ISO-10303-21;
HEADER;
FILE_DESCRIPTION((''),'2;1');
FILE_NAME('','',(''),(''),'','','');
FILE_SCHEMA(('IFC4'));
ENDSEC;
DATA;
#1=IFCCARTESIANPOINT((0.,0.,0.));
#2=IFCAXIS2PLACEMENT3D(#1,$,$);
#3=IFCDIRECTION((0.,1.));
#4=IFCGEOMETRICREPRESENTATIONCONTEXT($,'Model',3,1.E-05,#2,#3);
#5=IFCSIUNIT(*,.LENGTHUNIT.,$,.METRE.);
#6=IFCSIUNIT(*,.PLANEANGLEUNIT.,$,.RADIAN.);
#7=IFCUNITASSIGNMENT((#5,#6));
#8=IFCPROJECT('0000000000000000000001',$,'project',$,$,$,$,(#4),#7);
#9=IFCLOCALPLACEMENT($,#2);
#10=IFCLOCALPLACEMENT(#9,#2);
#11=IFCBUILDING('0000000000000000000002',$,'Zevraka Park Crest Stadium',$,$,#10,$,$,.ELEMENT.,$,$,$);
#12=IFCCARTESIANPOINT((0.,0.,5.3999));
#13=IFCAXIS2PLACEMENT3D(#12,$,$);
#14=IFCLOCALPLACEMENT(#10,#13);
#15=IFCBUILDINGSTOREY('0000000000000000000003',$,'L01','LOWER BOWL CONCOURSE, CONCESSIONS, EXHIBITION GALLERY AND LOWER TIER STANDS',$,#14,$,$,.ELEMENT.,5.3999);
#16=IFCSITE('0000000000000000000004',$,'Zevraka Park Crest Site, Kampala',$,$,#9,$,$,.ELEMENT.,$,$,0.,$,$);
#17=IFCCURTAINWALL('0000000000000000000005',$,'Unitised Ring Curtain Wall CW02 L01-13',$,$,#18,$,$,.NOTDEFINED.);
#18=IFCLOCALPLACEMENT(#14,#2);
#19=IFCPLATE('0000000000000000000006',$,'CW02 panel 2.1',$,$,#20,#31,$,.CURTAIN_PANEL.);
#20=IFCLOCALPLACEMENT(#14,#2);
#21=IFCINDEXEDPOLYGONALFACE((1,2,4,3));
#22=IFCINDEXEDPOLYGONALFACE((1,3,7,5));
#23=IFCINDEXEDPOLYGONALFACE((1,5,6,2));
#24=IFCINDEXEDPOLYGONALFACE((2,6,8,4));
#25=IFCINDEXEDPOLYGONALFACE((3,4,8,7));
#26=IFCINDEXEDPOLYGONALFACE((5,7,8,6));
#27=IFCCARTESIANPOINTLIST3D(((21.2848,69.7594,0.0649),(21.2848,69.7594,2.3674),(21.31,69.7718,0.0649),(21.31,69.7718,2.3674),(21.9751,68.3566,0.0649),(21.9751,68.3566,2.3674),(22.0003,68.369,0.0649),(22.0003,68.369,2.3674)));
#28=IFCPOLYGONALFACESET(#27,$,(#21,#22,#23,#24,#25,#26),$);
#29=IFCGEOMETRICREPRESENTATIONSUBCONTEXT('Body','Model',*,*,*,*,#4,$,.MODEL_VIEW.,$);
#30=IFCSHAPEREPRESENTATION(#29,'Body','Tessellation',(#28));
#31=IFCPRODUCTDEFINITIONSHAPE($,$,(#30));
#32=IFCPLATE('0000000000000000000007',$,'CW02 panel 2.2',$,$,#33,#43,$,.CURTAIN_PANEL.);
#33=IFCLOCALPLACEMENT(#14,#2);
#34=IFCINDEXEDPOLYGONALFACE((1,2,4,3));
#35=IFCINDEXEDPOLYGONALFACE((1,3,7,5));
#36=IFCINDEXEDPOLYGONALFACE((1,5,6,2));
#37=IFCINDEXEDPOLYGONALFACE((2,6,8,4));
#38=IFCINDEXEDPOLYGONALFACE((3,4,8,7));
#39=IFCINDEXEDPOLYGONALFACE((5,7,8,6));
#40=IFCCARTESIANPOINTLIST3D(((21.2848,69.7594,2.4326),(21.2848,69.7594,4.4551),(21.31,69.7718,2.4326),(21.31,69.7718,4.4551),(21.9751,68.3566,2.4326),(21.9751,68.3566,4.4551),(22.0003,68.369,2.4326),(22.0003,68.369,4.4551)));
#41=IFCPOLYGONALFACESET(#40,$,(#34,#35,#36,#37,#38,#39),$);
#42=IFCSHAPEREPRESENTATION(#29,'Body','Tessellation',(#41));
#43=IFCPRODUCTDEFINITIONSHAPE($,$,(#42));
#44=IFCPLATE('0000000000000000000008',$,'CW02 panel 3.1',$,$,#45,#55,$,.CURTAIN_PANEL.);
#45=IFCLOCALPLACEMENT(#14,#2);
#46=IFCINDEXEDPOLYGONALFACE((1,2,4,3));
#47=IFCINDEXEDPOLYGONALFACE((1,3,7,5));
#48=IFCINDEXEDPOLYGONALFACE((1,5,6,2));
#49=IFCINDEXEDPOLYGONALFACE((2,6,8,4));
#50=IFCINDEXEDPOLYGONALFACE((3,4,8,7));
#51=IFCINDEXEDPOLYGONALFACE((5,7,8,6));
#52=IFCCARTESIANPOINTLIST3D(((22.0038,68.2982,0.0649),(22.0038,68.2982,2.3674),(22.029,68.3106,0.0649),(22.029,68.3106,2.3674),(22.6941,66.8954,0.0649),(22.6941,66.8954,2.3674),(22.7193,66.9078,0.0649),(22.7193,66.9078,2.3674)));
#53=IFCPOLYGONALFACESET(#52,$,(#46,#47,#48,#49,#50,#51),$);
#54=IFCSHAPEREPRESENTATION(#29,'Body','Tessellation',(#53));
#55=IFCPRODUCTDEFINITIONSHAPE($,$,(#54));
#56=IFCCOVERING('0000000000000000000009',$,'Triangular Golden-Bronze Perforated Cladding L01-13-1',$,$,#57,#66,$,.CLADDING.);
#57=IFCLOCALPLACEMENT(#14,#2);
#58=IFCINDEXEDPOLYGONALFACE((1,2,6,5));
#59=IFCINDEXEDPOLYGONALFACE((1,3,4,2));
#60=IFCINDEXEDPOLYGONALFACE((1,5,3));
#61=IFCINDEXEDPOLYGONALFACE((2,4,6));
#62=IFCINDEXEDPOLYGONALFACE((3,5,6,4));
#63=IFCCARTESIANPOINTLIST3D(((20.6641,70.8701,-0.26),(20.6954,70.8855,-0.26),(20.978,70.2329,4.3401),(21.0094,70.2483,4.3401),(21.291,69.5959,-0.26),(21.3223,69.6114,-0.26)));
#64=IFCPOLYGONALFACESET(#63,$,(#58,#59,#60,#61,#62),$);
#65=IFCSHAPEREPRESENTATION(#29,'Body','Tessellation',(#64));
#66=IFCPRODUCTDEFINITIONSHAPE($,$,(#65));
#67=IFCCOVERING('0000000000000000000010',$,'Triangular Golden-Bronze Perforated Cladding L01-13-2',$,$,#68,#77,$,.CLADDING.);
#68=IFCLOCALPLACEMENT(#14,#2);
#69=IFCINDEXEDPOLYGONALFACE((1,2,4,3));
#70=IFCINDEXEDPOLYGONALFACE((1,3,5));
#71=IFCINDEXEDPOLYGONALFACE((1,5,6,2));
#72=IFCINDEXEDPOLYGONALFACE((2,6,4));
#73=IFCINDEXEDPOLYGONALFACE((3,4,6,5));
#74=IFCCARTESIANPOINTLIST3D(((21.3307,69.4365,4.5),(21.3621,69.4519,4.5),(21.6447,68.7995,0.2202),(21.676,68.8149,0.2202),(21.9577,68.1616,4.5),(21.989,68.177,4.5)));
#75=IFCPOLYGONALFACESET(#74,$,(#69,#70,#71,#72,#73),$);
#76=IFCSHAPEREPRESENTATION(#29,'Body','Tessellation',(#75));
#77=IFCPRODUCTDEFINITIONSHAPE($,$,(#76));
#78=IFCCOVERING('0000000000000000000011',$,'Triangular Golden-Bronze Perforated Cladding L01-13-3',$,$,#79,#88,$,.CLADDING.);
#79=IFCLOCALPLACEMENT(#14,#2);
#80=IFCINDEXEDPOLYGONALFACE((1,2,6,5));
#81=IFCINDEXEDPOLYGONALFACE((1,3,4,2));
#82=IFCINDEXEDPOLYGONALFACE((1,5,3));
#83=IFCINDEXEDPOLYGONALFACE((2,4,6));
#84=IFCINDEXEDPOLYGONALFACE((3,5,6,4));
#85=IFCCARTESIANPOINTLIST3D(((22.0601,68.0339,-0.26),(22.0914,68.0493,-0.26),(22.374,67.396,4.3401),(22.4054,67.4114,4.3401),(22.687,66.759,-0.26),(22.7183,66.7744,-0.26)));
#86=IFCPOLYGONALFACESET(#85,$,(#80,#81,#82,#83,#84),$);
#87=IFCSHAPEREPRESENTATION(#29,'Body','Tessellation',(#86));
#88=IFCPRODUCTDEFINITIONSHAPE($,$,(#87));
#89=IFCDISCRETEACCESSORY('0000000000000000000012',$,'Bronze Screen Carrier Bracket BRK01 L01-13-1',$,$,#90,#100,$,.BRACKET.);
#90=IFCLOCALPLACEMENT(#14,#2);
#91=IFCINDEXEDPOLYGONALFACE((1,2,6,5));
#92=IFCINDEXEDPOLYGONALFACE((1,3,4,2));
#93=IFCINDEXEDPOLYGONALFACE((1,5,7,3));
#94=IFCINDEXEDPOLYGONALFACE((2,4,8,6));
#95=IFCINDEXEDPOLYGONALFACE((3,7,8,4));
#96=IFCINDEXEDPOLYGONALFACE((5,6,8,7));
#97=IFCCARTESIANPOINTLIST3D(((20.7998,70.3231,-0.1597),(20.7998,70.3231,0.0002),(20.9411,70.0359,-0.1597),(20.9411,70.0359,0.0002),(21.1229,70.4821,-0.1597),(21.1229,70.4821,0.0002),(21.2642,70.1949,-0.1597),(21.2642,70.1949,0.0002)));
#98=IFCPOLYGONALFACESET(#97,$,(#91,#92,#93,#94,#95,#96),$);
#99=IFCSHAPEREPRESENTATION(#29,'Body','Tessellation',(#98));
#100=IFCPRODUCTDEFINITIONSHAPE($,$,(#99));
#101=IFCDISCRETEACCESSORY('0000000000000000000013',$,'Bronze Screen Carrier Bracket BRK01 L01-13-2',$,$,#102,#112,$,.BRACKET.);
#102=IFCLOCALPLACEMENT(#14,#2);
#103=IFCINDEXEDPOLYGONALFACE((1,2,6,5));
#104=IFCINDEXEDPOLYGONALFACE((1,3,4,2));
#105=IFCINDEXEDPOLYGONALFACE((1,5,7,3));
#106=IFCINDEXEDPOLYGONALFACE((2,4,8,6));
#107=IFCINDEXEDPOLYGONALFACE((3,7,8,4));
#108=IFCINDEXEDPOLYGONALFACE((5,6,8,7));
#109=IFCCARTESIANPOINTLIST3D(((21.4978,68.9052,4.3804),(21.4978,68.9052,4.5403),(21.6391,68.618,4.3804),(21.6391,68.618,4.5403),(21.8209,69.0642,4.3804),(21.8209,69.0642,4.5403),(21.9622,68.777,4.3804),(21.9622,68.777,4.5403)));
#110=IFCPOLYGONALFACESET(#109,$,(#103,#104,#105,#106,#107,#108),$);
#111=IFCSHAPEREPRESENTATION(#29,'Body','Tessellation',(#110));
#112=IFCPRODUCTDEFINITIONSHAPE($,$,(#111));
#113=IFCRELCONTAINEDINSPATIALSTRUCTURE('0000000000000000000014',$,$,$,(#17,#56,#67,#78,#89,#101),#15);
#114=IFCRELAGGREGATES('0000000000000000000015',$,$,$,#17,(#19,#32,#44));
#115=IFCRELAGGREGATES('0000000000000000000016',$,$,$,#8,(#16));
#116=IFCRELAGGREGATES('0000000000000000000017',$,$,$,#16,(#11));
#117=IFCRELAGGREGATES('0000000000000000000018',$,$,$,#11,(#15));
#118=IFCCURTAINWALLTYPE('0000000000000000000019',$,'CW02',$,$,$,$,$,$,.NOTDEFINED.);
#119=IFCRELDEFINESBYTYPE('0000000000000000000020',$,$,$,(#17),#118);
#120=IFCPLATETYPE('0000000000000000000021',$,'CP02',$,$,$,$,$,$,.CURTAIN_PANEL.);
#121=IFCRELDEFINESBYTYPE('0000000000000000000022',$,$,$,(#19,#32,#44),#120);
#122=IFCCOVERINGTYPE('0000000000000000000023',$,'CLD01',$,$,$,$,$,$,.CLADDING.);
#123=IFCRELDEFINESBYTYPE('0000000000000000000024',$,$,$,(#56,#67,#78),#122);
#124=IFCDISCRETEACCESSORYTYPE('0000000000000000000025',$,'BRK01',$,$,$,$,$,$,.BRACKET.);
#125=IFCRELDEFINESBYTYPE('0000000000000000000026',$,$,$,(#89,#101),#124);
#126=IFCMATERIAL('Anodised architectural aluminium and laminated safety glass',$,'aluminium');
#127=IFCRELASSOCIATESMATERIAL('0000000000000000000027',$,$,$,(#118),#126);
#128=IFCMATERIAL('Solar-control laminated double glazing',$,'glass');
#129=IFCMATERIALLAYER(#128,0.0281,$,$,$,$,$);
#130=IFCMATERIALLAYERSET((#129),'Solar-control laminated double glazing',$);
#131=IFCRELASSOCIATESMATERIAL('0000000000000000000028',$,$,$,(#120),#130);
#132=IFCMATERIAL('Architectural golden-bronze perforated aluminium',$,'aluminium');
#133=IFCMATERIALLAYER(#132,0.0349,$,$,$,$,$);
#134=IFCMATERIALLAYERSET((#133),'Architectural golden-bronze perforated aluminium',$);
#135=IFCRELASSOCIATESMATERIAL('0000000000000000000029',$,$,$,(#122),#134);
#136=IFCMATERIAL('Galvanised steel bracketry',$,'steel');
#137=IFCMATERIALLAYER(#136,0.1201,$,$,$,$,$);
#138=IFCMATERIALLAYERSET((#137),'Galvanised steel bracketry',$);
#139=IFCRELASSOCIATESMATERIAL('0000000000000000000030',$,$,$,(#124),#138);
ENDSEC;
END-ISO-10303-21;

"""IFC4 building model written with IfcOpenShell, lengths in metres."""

from ifc_helpers import new_model, si_unit, direction, frame, origin, origin_2d, place, context, subcontext, project, spatial, polyline, rectangle, outline, extrude, material, layer, layer_set, type_object, element, aggregate, save


model = new_model("IFC4")

# Units and contexts
model_context = context("Model", 3, precision=1e-05, world=origin(), true_north=direction((0.0, 1.0)))
body_context = subcontext(model_context, "Body", "Model", "MODEL_VIEW")
ifc_project = project(units=[si_unit("LENGTHUNIT", "METRE"), si_unit("PLANEANGLEUNIT", "RADIAN")], contexts=[model_context])

# Site, building, storey
site_placement = place(None, origin())
site = spatial("IfcSite", under=ifc_project, at=site_placement, Name="Zevraka Park Crest Site, Kampala", CompositionType="ELEMENT", RefElevation=0.0)
building_placement = place(site_placement, origin())
building = spatial("IfcBuilding", under=site, at=building_placement, Name="Zevraka Park Crest Stadium", CompositionType="ELEMENT")
storey_placement = place(building_placement, frame((0.0, 0.0, 5.3999)))
storey = spatial("IfcBuildingStorey", under=building, at=storey_placement, Name="L01", Description="LOWER BOWL CONCOURSE, CONCESSIONS, EXHIBITION GALLERY AND LOWER TIER STANDS", CompositionType="ELEMENT", Elevation=5.3999)

# Curtain wall, plates
ifc_material_1 = material(Name="Anodised architectural aluminium and laminated safety glass", Category="aluminium")
curtain_wall_type = type_object("IfcCurtainWallType", Name="CW02", PredefinedType="NOTDEFINED", material=ifc_material_1)
curtain_wall_placement = place(storey_placement, origin())
curtain_wall = element("IfcCurtainWall", 1, at=curtain_wall_placement, inside=storey, type_object=curtain_wall_type, Name="Unitised Ring Curtain Wall CW02 L01-13", PredefinedType="NOTDEFINED")
ifc_material_2 = material(Name="Solar-control laminated double glazing", Category="glass")
ifc_layer_1 = layer(ifc_material_2, 0.0281)
ifc_layer_set_1 = layer_set([ifc_layer_1], Name="Solar-control laminated double glazing")
plate_type = type_object("IfcPlateType", Name="CP02", PredefinedType="CURTAIN_PANEL", material=ifc_layer_set_1)
plate_1_placement = place(storey_placement, frame((21.6426, 69.0642, 0.0649), z_axis=(0.0, 0.0, 1.0), x_axis=(0.441517, -0.897253, 0.0)))
plate_1 = element("IfcPlate", 2, at=plate_1_placement, type_object=plate_type, Name="CW02 panel 2.1", PredefinedType="CURTAIN_PANEL", context=body_context, shape_type="SweptSolid", body=[
    extrude(rectangle(XDim=1.5635, YDim=0.0281, at=origin_2d()), origin(), (0.0, 0.0, 1.0), 2.3025),
])
plate_2_placement = place(storey_placement, frame((21.6426, 69.0642, 2.4326), z_axis=(0.0, 0.0, 1.0), x_axis=(0.441517, -0.897253, 0.0)))
plate_2 = element("IfcPlate", 3, at=plate_2_placement, type_object=plate_type, Name="CW02 panel 2.2", PredefinedType="CURTAIN_PANEL", context=body_context, shape_type="SweptSolid", body=[
    extrude(rectangle(XDim=1.5635, YDim=0.0281, at=origin_2d()), origin(), (0.0, 0.0, 1.0), 2.0225),
])
plate_3_placement = place(storey_placement, frame((22.3616, 67.603, 0.0649), z_axis=(0.0, 0.0, 1.0), x_axis=(0.441517, -0.897253, 0.0)))
plate_3 = element("IfcPlate", 4, at=plate_3_placement, type_object=plate_type, Name="CW02 panel 3.1", PredefinedType="CURTAIN_PANEL", context=body_context, shape_type="SweptSolid", body=[
    extrude(rectangle(XDim=1.5635, YDim=0.0281, at=origin_2d()), origin(), (0.0, 0.0, 1.0), 2.3025),
])
aggregate(curtain_wall, [plate_1, plate_2, plate_3])

# Coverings
ifc_material_3 = material(Name="Architectural golden-bronze perforated aluminium", Category="aluminium")
ifc_layer_2 = layer(ifc_material_3, 0.0349)
ifc_layer_set_2 = layer_set([ifc_layer_2], Name="Architectural golden-bronze perforated aluminium")
covering_type = type_object("IfcCoveringType", Name="CLD01", PredefinedType="CLADDING", material=ifc_layer_set_2)
covering_1_placement = place(storey_placement, frame((20.6641, 70.8701, -0.26), z_axis=(-0.897263, -0.441497, 0.000084), x_axis=(0.441497, -0.897263, 0.0)))
element("IfcCovering", 5, at=covering_1_placement, inside=storey, type_object=covering_type, Name="Triangular Golden-Bronze Perforated Cladding L01-13-1", PredefinedType="CLADDING", context=body_context, shape_type="SweptSolid", body=[
    extrude(outline(polyline([(0.0, 0.0), (1.4201, 0.0), (0.7104, 4.6001), (0.0, 0.0)])), origin(), (0.0, 0.0, -1.0), 0.0349),
])
covering_2_placement = place(storey_placement, frame((21.989, 68.177, 4.5), z_axis=(0.897363, 0.441292, 0.000153), x_axis=(-0.441292, 0.897363, 0.0)))
element("IfcCovering", 6, at=covering_2_placement, inside=storey, type_object=covering_type, Name="Triangular Golden-Bronze Perforated Cladding L01-13-2", PredefinedType="CLADDING", context=body_context, shape_type="SweptSolid", body=[
    extrude(outline(polyline([(0.0, 0.0), (1.4207, 0.0), (0.7106, -4.2798), (0.0, 0.0)])), origin(), (0.0, 0.0, -1.0), 0.0349),
])
covering_3_placement = place(storey_placement, frame((22.0601, 68.0339, -0.26), z_axis=(-0.897363, -0.441292, 0.000048), x_axis=(0.441292, -0.897363, 0.0)))
element("IfcCovering", 7, at=covering_3_placement, inside=storey, type_object=covering_type, Name="Triangular Golden-Bronze Perforated Cladding L01-13-3", PredefinedType="CLADDING", context=body_context, shape_type="SweptSolid", body=[
    extrude(outline(polyline([(0.0, 0.0), (1.4207, 0.0), (0.711, 4.6001), (0.0, 0.0)])), origin(), (0.0, 0.0, -1.0), 0.0349),
])

# Discrete accessories
ifc_material_4 = material(Name="Galvanised steel bracketry", Category="steel")
ifc_layer_3 = layer(ifc_material_4, 0.1201)
ifc_layer_set_3 = layer_set([ifc_layer_3], Name="Galvanised steel bracketry")
discrete_accessory_type = type_object("IfcDiscreteAccessoryType", Name="BRK01", PredefinedType="BRACKET", material=ifc_layer_set_3)
for number, where, z_axis, x_axis, name in (
    (8, (21.032, 70.259, -0.1597), (0.0, 0.0, 1.0), (0.441506, -0.897258, 0.0), "Bronze Screen Carrier Bracket BRK01 L01-13-1"),
    (9, (21.73, 68.8411, 4.3804), (0.0, 0.0, 1.0), (0.441506, -0.897258, 0.0), "Bronze Screen Carrier Bracket BRK01 L01-13-2"),
):
    element("IfcDiscreteAccessory", number, at=place(storey_placement, frame(where, z_axis=z_axis, x_axis=x_axis)), inside=storey, type_object=discrete_accessory_type, Name=name, PredefinedType="BRACKET", context=body_context, shape_type="SweptSolid", body=[
        extrude(rectangle(XDim=0.3201, YDim=0.3601, at=origin_2d()), origin(), (0.0, 0.0, 1.0), 0.1599),
    ])

save(model, "model.ifc")
